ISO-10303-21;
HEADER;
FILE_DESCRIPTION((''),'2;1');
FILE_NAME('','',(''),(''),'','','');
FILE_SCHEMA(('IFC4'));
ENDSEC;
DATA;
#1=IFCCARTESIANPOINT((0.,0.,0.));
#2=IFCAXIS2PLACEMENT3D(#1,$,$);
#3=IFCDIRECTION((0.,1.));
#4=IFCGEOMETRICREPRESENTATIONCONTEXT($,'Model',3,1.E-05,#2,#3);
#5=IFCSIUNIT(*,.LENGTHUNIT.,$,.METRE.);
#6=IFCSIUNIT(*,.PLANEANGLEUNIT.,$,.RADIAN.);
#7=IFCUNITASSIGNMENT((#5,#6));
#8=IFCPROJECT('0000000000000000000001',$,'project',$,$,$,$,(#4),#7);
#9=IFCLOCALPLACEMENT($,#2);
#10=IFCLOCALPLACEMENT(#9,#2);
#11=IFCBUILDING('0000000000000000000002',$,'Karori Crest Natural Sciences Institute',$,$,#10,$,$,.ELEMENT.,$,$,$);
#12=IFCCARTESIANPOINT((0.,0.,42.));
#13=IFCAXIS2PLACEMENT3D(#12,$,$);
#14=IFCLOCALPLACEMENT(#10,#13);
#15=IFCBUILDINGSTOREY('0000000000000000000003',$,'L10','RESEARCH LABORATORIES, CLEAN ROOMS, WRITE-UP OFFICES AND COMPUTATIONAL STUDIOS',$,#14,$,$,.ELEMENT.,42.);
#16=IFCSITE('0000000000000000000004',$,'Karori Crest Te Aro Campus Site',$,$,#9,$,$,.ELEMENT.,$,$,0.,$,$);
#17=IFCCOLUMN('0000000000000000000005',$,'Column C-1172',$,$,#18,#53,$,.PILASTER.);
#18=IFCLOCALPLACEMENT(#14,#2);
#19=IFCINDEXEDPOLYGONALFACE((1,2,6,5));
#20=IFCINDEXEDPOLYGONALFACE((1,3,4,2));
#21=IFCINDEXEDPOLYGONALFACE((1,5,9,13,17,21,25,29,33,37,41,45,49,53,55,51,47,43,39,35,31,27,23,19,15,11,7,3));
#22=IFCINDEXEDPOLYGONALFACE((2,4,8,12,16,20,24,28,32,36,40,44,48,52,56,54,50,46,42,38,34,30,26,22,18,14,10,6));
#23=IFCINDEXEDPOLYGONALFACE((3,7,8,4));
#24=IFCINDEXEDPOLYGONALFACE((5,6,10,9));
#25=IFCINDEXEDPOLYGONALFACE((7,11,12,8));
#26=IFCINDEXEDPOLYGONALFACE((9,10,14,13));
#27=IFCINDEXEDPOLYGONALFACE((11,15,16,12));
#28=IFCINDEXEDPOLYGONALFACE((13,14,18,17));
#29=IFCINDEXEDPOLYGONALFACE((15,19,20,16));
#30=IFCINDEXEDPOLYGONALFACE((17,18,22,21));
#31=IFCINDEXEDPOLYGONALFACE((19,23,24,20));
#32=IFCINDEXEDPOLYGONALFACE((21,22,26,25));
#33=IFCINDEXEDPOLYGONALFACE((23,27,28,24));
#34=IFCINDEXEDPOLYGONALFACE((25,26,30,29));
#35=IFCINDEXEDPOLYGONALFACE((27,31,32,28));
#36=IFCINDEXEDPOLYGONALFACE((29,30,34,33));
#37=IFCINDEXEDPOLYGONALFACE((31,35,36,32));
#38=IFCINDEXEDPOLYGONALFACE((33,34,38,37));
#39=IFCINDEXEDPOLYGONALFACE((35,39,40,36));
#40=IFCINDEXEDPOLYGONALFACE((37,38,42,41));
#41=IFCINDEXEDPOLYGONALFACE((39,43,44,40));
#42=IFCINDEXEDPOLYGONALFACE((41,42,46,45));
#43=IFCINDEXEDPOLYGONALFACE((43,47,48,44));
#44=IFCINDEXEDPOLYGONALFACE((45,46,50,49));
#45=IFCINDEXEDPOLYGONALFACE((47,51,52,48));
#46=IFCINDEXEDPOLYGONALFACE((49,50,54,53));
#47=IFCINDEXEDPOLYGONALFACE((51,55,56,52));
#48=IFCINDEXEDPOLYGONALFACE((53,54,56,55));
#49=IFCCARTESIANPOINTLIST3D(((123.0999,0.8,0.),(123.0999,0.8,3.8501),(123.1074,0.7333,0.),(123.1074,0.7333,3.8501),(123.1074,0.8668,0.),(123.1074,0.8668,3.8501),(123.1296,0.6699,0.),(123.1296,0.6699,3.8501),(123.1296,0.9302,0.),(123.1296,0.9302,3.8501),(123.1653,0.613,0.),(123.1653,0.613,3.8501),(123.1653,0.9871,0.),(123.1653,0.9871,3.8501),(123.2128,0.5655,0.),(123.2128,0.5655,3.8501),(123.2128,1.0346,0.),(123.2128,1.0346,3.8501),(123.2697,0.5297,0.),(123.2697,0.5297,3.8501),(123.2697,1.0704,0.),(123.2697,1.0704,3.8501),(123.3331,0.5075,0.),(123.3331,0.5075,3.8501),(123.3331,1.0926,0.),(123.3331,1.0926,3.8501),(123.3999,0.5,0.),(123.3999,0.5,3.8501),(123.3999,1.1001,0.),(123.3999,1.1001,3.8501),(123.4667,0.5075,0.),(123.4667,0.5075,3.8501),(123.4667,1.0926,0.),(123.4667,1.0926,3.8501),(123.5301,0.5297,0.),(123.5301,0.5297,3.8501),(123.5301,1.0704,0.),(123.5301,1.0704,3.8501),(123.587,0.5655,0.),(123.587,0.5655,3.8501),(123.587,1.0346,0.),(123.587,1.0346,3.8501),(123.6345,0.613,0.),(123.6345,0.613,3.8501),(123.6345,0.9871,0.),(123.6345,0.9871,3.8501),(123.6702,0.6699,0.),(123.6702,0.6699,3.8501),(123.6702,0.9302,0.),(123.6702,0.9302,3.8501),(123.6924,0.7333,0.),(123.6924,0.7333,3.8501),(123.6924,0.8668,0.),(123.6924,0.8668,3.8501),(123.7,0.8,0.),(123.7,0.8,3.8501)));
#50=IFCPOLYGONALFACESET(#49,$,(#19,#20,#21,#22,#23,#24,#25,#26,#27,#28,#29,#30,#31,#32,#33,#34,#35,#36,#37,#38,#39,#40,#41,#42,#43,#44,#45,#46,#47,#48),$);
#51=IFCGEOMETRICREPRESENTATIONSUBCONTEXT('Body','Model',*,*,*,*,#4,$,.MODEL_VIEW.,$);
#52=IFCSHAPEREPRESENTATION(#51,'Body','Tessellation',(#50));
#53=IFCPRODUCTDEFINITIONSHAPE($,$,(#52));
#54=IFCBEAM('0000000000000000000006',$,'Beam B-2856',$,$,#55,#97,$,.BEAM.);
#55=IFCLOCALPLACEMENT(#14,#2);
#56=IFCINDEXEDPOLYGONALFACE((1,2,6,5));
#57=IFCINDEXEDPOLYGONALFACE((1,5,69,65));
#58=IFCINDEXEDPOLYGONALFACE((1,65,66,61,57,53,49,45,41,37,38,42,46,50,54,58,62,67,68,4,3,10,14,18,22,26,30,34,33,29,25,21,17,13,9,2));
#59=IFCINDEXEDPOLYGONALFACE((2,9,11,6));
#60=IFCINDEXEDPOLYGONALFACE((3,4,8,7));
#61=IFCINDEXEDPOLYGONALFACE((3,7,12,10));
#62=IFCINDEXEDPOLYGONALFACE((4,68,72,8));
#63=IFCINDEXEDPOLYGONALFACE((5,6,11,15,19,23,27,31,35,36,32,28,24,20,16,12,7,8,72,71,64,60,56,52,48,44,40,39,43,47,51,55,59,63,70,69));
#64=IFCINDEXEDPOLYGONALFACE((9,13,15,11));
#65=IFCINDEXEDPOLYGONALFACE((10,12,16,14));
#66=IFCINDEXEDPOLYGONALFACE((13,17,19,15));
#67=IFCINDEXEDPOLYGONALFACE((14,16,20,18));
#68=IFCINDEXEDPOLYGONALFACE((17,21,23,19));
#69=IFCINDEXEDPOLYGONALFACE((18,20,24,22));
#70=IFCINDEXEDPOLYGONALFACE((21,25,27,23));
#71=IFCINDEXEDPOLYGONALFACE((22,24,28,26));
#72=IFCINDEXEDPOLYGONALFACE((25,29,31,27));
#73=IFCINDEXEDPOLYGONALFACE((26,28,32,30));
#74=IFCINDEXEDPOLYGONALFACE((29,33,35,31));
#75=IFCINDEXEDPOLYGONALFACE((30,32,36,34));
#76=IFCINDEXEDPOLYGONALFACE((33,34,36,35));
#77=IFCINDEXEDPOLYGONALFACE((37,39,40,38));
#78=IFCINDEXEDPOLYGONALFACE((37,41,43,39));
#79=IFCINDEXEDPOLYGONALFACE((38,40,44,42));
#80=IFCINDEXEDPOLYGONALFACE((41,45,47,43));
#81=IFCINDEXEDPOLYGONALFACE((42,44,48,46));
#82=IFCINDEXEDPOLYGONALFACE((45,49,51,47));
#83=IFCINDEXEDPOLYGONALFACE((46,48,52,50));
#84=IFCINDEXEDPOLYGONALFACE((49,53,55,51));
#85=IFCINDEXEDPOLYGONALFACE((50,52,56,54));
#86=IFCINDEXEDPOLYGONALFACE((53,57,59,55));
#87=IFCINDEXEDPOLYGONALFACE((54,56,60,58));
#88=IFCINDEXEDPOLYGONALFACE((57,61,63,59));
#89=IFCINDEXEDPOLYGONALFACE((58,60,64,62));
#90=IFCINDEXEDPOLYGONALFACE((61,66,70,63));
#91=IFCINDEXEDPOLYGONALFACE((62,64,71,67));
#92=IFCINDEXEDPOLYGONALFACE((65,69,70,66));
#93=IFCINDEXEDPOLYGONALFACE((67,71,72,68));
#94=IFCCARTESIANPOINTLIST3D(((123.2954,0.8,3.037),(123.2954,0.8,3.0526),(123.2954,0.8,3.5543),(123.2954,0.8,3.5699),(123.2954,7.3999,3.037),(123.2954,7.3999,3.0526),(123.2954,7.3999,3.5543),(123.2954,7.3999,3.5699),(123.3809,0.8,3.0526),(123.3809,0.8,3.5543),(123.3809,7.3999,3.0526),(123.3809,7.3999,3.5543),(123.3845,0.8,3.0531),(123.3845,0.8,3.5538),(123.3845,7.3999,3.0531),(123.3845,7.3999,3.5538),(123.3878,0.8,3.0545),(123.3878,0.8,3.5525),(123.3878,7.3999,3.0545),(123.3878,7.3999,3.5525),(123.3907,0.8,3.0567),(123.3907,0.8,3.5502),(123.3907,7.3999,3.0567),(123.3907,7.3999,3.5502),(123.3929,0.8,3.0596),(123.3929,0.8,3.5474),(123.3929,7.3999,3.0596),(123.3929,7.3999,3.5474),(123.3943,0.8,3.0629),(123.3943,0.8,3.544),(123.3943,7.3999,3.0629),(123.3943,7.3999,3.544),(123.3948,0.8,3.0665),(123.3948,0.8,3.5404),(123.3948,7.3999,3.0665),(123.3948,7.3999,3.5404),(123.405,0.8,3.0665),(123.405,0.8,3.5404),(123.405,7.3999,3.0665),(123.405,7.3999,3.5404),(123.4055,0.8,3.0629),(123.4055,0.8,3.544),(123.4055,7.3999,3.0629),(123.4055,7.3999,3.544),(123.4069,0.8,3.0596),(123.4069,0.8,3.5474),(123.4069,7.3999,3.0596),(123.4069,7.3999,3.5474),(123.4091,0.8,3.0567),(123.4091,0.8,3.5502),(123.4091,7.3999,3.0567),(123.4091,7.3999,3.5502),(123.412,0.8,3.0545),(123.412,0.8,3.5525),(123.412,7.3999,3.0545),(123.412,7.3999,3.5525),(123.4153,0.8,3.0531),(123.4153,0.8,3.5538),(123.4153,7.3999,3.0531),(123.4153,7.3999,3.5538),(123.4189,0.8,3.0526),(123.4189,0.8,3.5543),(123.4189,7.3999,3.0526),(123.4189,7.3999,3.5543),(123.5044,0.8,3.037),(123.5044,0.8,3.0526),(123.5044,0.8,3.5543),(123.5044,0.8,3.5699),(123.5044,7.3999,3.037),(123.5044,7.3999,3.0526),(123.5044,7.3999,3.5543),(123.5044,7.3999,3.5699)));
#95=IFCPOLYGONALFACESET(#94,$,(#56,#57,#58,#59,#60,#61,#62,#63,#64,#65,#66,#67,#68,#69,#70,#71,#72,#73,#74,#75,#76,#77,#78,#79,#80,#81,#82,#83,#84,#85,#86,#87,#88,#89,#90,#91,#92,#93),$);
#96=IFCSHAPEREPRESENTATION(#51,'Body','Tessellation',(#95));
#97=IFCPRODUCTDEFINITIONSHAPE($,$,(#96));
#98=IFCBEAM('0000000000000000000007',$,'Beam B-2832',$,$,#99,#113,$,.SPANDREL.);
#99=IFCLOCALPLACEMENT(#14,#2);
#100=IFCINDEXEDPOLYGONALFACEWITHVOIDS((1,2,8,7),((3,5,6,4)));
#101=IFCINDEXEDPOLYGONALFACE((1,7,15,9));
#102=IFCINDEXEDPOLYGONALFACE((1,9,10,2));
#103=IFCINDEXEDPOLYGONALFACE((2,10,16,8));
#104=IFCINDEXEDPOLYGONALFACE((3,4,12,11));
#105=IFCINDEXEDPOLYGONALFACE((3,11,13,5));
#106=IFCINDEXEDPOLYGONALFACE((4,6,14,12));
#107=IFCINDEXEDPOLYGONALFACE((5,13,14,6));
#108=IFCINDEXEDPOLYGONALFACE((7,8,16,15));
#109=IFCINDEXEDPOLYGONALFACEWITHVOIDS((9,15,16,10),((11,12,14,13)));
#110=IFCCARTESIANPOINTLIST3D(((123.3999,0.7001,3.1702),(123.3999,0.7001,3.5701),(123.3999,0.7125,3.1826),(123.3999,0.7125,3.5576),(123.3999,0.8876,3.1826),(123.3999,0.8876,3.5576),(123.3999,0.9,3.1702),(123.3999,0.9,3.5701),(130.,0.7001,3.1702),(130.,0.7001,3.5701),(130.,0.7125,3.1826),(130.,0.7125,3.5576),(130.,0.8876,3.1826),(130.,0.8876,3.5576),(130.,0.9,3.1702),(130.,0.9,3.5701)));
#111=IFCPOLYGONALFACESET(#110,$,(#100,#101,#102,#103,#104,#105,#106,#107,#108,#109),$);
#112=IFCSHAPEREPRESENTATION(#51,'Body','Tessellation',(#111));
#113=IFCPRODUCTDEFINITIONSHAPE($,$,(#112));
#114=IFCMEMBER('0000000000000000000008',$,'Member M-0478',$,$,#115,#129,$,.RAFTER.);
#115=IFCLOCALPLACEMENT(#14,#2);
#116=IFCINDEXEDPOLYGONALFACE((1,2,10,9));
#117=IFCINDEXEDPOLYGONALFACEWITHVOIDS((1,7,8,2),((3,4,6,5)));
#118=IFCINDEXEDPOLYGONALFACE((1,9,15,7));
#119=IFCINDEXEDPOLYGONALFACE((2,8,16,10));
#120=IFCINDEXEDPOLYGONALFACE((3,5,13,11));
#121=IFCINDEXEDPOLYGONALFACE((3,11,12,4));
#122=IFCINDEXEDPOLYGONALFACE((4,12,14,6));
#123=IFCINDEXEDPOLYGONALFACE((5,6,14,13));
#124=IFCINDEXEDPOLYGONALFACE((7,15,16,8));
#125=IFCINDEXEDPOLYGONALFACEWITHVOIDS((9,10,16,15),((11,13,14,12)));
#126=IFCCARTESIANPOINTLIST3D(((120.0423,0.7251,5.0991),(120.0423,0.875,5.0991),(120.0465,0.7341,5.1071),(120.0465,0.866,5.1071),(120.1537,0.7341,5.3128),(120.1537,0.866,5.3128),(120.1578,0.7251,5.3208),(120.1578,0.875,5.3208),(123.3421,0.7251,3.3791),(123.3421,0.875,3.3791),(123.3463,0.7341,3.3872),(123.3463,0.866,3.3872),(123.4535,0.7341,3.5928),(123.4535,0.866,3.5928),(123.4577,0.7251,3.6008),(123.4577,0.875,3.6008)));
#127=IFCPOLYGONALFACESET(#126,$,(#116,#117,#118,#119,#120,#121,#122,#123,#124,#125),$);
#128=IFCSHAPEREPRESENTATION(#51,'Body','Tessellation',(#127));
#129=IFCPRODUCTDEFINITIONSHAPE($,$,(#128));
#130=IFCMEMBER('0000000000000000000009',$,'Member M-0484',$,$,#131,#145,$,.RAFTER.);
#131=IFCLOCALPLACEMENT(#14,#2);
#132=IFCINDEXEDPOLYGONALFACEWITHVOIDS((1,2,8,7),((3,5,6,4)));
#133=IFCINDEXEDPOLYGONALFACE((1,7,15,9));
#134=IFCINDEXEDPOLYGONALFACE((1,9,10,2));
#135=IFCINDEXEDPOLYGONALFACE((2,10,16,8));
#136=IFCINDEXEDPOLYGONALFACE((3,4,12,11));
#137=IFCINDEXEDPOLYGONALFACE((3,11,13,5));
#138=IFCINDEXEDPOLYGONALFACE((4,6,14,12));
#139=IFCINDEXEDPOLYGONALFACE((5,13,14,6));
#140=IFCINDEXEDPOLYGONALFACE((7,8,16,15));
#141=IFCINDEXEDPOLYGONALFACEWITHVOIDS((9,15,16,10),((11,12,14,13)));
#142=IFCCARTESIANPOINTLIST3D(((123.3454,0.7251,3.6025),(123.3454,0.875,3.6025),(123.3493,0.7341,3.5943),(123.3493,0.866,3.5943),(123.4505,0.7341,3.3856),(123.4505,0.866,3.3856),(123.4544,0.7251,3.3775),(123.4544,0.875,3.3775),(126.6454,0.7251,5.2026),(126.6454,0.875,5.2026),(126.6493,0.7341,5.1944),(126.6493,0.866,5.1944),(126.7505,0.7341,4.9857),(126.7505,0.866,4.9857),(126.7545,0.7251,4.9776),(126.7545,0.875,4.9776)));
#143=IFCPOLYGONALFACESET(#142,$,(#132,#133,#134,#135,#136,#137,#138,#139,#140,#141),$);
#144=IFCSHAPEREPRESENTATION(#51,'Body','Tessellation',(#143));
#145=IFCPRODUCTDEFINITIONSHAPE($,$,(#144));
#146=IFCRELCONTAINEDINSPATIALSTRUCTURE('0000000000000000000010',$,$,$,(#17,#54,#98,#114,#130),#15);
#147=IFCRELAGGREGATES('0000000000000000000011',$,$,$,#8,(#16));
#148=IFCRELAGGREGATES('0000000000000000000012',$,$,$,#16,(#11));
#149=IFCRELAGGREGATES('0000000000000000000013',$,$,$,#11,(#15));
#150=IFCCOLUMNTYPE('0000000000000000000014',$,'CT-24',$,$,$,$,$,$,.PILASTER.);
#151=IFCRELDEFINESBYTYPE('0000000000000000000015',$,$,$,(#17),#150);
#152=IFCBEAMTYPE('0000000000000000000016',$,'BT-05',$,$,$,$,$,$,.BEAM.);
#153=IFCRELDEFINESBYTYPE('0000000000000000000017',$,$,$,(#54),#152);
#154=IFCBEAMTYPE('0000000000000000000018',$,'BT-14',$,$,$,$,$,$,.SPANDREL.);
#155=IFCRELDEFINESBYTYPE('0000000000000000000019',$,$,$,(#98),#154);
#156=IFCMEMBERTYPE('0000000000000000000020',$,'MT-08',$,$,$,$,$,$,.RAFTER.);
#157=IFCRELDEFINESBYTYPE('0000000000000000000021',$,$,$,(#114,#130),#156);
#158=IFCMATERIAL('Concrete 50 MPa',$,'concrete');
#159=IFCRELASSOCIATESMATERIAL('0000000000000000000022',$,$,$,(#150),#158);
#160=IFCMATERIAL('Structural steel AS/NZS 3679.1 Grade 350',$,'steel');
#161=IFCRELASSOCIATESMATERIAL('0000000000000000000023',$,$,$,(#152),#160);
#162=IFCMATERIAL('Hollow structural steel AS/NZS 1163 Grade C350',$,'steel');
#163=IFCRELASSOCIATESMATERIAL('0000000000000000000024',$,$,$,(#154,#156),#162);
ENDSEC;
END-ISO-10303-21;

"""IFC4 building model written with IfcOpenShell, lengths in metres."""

from ifc_helpers import new_model, si_unit, direction, frame, origin, origin_2d, place, context, subcontext, project, spatial, hollow_rectangle, circle, i_section, extrude, material, material_profile, profile_set, type_object, element, save


model = new_model("IFC4")

# Units and contexts
model_context = context("Model", 3, precision=1e-05, world=origin(), true_north=direction((0.0, 1.0)))
body_context = subcontext(model_context, "Body", "Model", "MODEL_VIEW")
ifc_project = project(units=[si_unit("LENGTHUNIT", "METRE"), si_unit("PLANEANGLEUNIT", "RADIAN")], contexts=[model_context])

# Site, building, storey
site_placement = place(None, origin())
site = spatial("IfcSite", under=ifc_project, at=site_placement, Name="Karori Crest Te Aro Campus Site", CompositionType="ELEMENT", RefElevation=0.0)
building_placement = place(site_placement, origin())
building = spatial("IfcBuilding", under=site, at=building_placement, Name="Karori Crest Natural Sciences Institute", CompositionType="ELEMENT")
storey_placement = place(building_placement, frame((0.0, 0.0, 42.0)))
storey = spatial("IfcBuildingStorey", under=building, at=storey_placement, Name="L10", Description="RESEARCH LABORATORIES, CLEAN ROOMS, WRITE-UP OFFICES AND COMPUTATIONAL STUDIOS", CompositionType="ELEMENT", Elevation=42.0)

# Column
ifc_material_1 = material(Name="Concrete 50 MPa", Category="concrete")
ifc_material_profile_1 = material_profile(ifc_material_1, circle(Radius=0.3, at=origin_2d()), Name="RCC600")
ifc_profile_set_1 = profile_set([ifc_material_profile_1], Name="Concrete 50 MPa")
column_type = type_object("IfcColumnType", Name="CT-24", PredefinedType="PILASTER", material=ifc_profile_set_1)
column_placement = place(storey_placement, frame((123.3999, 0.8, 0.0), z_axis=(0.0, 0.0, 1.0), x_axis=(1.0, 0.0, 0.0)))
element("IfcColumn", 1, at=column_placement, inside=storey, type_object=column_type, Name="Column C-1172", PredefinedType="PILASTER", context=body_context, shape_type="SweptSolid", body=[
    extrude(circle(Radius=0.3, at=origin_2d()), origin(), (0.0, 0.0, 1.0), 3.8501),
])

# Beams
ifc_material_2 = material(Name="Structural steel AS/NZS 3679.1 Grade 350", Category="steel")
ifc_material_profile_2 = material_profile(ifc_material_2, i_section(OverallWidth=0.209, OverallDepth=0.533, WebThickness=0.0103, FlangeThickness=0.0156, FilletRadius=0.0139, at=origin_2d()), Name="530UB92.4")
ifc_profile_set_2 = profile_set([ifc_material_profile_2], Name="Structural steel AS/NZS 3679.1 Grade 350")
beam_type_1 = type_object("IfcBeamType", Name="BT-05", PredefinedType="BEAM", material=ifc_profile_set_2)
beam_1_placement = place(storey_placement, frame((123.3999, 0.8, 3.3035), z_axis=(0.0, 1.0, 0.0), x_axis=(-1.0, 0.0, 0.0)))
element("IfcBeam", 2, at=beam_1_placement, inside=storey, type_object=beam_type_1, Name="Beam B-2856", PredefinedType="BEAM", context=body_context, shape_type="SweptSolid", body=[
    extrude(i_section(OverallWidth=0.209, OverallDepth=0.533, WebThickness=0.0103, FlangeThickness=0.0156, FilletRadius=0.0139, at=origin_2d()), origin(), (0.0, 0.0, 1.0), 6.5999),
])
ifc_material_3 = material(Name="Hollow structural steel AS/NZS 1163 Grade C350", Category="steel")
ifc_material_profile_3 = material_profile(ifc_material_3, hollow_rectangle(XDim=0.2, YDim=0.3999, WallThickness=0.0125, at=origin_2d()), Name="RHS400x200x12.5")
ifc_profile_set_3 = profile_set([ifc_material_profile_3], Name="Hollow structural steel AS/NZS 1163 Grade C350")
beam_type_2 = type_object("IfcBeamType", Name="BT-14", PredefinedType="SPANDREL", material=ifc_profile_set_3)
beam_2_placement = place(storey_placement, frame((123.3999, 0.8, 3.3701), z_axis=(1.0, 0.0, 0.0), x_axis=(0.0, 1.0, 0.0)))
element("IfcBeam", 3, at=beam_2_placement, inside=storey, type_object=beam_type_2, Name="Beam B-2832", PredefinedType="SPANDREL", context=body_context, shape_type="SweptSolid", body=[
    extrude(hollow_rectangle(XDim=0.2, YDim=0.3999, WallThickness=0.0125, at=origin_2d()), origin(), (0.0, 0.0, 1.0), 6.6001),
])

# Members
ifc_material_profile_4 = material_profile(ifc_material_3, hollow_rectangle(XDim=0.1499, YDim=0.25, WallThickness=0.009, at=origin_2d()), Name="RHS250x150x9")
ifc_profile_set_4 = profile_set([ifc_material_profile_4], Name="Hollow structural steel AS/NZS 1163 Grade C350")
member_type_1 = type_object("IfcMemberType", Name="MT-08", PredefinedType="RAFTER", material=ifc_profile_set_4)
member_1_placement = place(storey_placement, frame((123.3999, 0.8, 3.49), z_axis=(-0.886768, 0.0, 0.462214), x_axis=(0.0, -1.0, 0.0)))
element("IfcMember", 4, at=member_1_placement, inside=storey, type_object=member_type_1, Name="Member M-0478", PredefinedType="RAFTER", context=body_context, shape_type="SweptSolid", body=[
    extrude(hollow_rectangle(XDim=0.1499, YDim=0.25, WallThickness=0.009, at=origin_2d()), origin(), (0.0, 0.0, 1.0), 3.7212),
])
member_2_placement = place(storey_placement, frame((123.3999, 0.8, 3.49), z_axis=(0.899806, 0.0, 0.43629), x_axis=(0.0, 1.0, 0.0)))
element("IfcMember", 5, at=member_2_placement, inside=storey, type_object=member_type_1, Name="Member M-0484", PredefinedType="RAFTER", context=body_context, shape_type="SweptSolid", body=[
    extrude(hollow_rectangle(XDim=0.1499, YDim=0.25, WallThickness=0.009, at=origin_2d()), origin(), (0.0, 0.0, 1.0), 3.6675),
])

save(model, "model.ifc")
